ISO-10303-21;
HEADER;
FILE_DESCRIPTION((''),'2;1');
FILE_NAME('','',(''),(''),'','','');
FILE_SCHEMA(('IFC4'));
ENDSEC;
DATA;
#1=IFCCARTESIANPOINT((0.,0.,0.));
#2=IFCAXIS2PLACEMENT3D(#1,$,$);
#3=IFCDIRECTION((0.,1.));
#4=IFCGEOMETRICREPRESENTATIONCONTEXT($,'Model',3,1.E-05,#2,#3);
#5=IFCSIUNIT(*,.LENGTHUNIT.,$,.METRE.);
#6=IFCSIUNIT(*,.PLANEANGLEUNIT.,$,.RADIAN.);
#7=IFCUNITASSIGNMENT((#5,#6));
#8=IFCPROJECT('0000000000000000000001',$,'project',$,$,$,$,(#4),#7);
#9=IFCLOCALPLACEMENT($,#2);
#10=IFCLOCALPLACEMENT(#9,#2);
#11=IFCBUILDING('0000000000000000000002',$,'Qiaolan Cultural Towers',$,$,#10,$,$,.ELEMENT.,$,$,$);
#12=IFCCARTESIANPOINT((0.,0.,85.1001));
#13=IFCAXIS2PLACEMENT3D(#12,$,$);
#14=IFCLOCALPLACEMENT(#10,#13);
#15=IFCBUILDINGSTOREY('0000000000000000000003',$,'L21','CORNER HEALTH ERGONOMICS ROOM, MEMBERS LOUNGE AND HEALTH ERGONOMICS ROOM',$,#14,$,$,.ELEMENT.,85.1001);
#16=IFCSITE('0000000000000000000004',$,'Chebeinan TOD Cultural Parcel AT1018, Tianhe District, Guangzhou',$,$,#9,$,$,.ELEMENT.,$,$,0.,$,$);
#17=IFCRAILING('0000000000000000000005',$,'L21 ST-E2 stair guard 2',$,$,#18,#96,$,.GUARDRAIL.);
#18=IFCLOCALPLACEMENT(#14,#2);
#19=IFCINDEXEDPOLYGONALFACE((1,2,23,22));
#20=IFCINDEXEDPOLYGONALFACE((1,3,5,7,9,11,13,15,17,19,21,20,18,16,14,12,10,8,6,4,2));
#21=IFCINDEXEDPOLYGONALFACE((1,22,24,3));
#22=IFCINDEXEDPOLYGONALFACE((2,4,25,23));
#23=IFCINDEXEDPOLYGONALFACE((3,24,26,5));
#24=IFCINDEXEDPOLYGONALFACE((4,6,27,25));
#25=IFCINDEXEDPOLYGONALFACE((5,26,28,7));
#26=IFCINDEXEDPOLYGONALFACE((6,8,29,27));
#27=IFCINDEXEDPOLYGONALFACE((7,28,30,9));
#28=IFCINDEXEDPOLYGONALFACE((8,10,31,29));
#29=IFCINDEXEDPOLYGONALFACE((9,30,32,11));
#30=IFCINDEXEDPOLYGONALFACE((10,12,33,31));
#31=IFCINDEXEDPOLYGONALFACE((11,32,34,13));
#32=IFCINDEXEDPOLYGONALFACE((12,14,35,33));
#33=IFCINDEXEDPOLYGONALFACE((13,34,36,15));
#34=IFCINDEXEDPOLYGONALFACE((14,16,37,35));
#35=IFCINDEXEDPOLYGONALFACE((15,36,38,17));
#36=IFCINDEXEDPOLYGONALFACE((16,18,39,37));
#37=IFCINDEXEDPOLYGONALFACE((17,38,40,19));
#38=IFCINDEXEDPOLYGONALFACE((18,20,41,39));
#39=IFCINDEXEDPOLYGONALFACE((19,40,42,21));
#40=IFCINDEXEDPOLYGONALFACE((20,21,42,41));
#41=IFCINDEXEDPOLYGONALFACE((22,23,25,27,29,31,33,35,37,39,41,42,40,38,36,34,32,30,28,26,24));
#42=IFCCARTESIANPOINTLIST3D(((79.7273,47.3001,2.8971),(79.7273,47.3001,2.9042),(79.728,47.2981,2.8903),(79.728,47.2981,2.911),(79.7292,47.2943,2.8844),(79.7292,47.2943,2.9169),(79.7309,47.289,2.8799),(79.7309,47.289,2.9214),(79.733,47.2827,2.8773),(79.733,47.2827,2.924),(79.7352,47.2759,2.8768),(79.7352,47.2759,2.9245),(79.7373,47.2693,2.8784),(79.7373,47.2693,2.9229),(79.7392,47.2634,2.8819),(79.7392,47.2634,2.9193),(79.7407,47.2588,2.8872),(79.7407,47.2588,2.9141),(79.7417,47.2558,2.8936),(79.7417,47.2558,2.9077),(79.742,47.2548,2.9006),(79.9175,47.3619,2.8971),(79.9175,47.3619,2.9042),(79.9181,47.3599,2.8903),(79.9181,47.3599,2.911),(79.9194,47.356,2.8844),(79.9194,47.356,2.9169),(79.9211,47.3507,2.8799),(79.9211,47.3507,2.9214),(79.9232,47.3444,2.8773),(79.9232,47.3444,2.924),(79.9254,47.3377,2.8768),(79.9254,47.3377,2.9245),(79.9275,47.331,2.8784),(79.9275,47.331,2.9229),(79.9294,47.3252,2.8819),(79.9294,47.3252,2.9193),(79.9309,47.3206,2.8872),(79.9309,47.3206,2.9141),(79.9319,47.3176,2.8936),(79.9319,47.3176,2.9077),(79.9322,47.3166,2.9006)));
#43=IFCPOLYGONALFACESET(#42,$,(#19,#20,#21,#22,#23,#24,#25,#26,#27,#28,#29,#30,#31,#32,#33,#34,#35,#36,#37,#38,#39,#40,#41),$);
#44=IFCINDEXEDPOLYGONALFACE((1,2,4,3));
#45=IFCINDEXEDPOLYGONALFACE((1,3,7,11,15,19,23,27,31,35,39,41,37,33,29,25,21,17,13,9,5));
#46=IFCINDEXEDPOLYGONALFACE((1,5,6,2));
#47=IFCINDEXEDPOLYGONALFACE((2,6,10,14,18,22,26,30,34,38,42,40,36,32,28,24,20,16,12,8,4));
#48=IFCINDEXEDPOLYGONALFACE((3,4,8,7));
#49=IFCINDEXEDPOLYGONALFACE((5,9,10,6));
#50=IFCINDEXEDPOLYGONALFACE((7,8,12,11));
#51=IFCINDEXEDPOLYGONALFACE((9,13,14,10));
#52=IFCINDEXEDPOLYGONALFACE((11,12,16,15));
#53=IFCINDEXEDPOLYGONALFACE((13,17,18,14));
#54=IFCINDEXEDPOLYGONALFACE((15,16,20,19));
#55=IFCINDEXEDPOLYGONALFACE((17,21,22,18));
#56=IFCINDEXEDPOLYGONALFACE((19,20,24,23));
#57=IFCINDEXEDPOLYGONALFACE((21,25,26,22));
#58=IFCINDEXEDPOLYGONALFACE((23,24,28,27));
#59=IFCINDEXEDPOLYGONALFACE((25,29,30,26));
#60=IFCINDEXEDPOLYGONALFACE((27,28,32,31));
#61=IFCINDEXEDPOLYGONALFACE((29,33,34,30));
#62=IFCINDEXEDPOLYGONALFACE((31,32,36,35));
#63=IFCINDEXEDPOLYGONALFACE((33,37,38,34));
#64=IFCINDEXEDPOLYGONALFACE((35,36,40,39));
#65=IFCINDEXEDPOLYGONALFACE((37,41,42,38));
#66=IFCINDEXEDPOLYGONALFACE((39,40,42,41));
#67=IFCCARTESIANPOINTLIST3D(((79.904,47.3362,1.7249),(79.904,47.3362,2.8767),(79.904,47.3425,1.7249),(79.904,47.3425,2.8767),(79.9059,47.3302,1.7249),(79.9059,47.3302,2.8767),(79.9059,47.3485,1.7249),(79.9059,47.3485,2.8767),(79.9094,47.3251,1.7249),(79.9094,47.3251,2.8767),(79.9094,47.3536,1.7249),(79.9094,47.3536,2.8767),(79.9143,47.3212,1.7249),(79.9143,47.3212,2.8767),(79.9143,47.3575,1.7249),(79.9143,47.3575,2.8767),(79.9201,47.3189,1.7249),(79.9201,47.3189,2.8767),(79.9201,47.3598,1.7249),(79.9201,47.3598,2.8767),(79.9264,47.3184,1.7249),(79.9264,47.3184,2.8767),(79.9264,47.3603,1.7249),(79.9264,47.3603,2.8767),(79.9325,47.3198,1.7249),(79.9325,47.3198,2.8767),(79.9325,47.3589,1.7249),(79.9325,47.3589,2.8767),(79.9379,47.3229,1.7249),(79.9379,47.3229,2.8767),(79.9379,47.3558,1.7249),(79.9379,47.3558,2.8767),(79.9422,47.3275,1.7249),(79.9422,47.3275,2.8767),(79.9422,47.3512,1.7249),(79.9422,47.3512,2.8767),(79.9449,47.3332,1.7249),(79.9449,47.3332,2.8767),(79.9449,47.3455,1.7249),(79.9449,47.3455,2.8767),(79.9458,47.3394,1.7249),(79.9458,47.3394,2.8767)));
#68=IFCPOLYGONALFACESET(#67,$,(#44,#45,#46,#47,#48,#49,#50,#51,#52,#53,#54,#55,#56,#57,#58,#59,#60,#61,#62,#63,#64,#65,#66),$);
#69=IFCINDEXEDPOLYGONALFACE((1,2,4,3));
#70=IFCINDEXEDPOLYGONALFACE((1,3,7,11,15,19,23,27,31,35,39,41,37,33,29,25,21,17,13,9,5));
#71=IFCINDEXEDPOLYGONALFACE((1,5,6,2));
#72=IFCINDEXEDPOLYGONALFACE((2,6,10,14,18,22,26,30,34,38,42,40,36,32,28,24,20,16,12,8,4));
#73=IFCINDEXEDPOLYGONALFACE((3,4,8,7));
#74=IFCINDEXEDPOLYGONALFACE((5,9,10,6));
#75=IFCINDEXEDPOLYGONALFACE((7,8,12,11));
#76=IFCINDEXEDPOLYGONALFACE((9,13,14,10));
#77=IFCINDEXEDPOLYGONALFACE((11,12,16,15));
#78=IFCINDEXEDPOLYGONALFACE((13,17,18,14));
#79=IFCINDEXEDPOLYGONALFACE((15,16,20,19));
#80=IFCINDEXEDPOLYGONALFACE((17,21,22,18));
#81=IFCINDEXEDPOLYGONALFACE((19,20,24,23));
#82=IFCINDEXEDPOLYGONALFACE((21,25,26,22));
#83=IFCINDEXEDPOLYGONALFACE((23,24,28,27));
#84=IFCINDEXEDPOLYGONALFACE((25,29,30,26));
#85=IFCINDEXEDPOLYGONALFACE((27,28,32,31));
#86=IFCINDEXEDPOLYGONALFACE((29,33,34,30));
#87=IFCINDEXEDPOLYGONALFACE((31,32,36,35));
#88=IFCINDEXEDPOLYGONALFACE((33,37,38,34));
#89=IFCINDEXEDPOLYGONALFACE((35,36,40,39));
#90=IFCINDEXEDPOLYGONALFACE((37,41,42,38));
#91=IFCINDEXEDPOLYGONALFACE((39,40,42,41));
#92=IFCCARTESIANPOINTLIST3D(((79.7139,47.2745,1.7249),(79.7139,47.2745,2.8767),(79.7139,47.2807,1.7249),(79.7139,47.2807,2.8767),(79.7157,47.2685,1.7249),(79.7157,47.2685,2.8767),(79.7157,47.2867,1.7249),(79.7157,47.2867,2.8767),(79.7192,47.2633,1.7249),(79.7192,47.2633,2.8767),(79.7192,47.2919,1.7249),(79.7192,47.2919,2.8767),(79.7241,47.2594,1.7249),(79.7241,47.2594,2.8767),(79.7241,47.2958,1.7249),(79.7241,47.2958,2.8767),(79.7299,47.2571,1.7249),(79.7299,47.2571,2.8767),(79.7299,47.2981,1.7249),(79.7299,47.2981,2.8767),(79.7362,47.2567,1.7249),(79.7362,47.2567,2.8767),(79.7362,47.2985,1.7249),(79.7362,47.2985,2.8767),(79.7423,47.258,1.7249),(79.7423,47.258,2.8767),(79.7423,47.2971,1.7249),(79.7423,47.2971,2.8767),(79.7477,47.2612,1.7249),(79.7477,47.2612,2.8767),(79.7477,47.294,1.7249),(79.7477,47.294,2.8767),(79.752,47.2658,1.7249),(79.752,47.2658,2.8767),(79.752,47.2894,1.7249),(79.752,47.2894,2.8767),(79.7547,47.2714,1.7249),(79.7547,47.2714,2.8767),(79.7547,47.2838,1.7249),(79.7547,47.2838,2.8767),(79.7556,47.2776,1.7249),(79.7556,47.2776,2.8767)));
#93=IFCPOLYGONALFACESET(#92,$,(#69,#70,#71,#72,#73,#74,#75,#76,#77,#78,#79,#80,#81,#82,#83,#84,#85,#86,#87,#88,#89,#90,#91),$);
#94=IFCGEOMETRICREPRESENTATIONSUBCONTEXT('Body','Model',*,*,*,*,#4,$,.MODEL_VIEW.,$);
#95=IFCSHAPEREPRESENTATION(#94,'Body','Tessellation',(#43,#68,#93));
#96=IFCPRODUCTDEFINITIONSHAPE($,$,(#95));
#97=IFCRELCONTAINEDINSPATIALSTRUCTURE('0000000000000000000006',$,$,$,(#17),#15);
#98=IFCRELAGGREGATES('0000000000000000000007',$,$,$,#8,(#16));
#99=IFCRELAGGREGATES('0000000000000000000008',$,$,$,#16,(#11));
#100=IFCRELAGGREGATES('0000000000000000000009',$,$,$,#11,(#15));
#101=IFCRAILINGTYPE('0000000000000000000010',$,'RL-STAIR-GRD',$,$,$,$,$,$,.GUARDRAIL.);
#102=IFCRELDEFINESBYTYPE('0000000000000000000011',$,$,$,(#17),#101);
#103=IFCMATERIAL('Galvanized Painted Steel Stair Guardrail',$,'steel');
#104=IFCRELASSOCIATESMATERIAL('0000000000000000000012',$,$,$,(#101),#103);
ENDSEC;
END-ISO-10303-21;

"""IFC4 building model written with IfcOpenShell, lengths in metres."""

from ifc_helpers import new_model, si_unit, direction, frame, origin, origin_2d, place, context, subcontext, project, spatial, circle, extrude, material, type_object, element, save


model = new_model("IFC4")

# Units and contexts
model_context = context("Model", 3, precision=1e-05, world=origin(), true_north=direction((0.0, 1.0)))
body_context = subcontext(model_context, "Body", "Model", "MODEL_VIEW")
ifc_project = project(units=[si_unit("LENGTHUNIT", "METRE"), si_unit("PLANEANGLEUNIT", "RADIAN")], contexts=[model_context])

# Site, building, storey
site_placement = place(None, origin())
site = spatial("IfcSite", under=ifc_project, at=site_placement, Name="Chebeinan TOD Cultural Parcel AT1018, Tianhe District, Guangzhou", CompositionType="ELEMENT", RefElevation=0.0)
building_placement = place(site_placement, origin())
building = spatial("IfcBuilding", under=site, at=building_placement, Name="Qiaolan Cultural Towers", CompositionType="ELEMENT")
storey_placement = place(building_placement, frame((0.0, 0.0, 85.1001)))
storey = spatial("IfcBuildingStorey", under=building, at=storey_placement, Name="L21", Description="CORNER HEALTH ERGONOMICS ROOM, MEMBERS LOUNGE AND HEALTH ERGONOMICS ROOM", CompositionType="ELEMENT", Elevation=85.1001)

# Railing
ifc_material_1 = material(Name="Galvanized Painted Steel Stair Guardrail", Category="steel")
railing_type_1 = type_object("IfcRailingType", Name="RL-STAIR-GRD", PredefinedType="GUARDRAIL", material=ifc_material_1)
railing_1_placement = place(storey_placement, frame((79.9248, 47.3394, 1.7249)))
element("IfcRailing", 1, at=railing_1_placement, inside=storey, type_object=railing_type_1, Name="L21 ST-E2 stair guard 2", PredefinedType="GUARDRAIL", context=body_context, shape_type="SweptSolid", body=[
    extrude(circle(Radius=0.0239, at=origin_2d()), frame((0.0, 0.0, 1.1758), z_axis=(-0.951097, -0.308893, 0.0), x_axis=(0.308893, -0.951097, 0.0)), (0.0, 0.0, 1.0), 0.2),
    extrude(circle(Radius=0.021, at=origin_2d()), origin(), (0.0, 0.0, 1.0), 1.1519),
    extrude(circle(Radius=0.021, at=origin_2d()), frame((-0.1902, -0.0618, 0.0)), (0.0, 0.0, 1.0), 1.1519),
])

save(model, "model.ifc")
